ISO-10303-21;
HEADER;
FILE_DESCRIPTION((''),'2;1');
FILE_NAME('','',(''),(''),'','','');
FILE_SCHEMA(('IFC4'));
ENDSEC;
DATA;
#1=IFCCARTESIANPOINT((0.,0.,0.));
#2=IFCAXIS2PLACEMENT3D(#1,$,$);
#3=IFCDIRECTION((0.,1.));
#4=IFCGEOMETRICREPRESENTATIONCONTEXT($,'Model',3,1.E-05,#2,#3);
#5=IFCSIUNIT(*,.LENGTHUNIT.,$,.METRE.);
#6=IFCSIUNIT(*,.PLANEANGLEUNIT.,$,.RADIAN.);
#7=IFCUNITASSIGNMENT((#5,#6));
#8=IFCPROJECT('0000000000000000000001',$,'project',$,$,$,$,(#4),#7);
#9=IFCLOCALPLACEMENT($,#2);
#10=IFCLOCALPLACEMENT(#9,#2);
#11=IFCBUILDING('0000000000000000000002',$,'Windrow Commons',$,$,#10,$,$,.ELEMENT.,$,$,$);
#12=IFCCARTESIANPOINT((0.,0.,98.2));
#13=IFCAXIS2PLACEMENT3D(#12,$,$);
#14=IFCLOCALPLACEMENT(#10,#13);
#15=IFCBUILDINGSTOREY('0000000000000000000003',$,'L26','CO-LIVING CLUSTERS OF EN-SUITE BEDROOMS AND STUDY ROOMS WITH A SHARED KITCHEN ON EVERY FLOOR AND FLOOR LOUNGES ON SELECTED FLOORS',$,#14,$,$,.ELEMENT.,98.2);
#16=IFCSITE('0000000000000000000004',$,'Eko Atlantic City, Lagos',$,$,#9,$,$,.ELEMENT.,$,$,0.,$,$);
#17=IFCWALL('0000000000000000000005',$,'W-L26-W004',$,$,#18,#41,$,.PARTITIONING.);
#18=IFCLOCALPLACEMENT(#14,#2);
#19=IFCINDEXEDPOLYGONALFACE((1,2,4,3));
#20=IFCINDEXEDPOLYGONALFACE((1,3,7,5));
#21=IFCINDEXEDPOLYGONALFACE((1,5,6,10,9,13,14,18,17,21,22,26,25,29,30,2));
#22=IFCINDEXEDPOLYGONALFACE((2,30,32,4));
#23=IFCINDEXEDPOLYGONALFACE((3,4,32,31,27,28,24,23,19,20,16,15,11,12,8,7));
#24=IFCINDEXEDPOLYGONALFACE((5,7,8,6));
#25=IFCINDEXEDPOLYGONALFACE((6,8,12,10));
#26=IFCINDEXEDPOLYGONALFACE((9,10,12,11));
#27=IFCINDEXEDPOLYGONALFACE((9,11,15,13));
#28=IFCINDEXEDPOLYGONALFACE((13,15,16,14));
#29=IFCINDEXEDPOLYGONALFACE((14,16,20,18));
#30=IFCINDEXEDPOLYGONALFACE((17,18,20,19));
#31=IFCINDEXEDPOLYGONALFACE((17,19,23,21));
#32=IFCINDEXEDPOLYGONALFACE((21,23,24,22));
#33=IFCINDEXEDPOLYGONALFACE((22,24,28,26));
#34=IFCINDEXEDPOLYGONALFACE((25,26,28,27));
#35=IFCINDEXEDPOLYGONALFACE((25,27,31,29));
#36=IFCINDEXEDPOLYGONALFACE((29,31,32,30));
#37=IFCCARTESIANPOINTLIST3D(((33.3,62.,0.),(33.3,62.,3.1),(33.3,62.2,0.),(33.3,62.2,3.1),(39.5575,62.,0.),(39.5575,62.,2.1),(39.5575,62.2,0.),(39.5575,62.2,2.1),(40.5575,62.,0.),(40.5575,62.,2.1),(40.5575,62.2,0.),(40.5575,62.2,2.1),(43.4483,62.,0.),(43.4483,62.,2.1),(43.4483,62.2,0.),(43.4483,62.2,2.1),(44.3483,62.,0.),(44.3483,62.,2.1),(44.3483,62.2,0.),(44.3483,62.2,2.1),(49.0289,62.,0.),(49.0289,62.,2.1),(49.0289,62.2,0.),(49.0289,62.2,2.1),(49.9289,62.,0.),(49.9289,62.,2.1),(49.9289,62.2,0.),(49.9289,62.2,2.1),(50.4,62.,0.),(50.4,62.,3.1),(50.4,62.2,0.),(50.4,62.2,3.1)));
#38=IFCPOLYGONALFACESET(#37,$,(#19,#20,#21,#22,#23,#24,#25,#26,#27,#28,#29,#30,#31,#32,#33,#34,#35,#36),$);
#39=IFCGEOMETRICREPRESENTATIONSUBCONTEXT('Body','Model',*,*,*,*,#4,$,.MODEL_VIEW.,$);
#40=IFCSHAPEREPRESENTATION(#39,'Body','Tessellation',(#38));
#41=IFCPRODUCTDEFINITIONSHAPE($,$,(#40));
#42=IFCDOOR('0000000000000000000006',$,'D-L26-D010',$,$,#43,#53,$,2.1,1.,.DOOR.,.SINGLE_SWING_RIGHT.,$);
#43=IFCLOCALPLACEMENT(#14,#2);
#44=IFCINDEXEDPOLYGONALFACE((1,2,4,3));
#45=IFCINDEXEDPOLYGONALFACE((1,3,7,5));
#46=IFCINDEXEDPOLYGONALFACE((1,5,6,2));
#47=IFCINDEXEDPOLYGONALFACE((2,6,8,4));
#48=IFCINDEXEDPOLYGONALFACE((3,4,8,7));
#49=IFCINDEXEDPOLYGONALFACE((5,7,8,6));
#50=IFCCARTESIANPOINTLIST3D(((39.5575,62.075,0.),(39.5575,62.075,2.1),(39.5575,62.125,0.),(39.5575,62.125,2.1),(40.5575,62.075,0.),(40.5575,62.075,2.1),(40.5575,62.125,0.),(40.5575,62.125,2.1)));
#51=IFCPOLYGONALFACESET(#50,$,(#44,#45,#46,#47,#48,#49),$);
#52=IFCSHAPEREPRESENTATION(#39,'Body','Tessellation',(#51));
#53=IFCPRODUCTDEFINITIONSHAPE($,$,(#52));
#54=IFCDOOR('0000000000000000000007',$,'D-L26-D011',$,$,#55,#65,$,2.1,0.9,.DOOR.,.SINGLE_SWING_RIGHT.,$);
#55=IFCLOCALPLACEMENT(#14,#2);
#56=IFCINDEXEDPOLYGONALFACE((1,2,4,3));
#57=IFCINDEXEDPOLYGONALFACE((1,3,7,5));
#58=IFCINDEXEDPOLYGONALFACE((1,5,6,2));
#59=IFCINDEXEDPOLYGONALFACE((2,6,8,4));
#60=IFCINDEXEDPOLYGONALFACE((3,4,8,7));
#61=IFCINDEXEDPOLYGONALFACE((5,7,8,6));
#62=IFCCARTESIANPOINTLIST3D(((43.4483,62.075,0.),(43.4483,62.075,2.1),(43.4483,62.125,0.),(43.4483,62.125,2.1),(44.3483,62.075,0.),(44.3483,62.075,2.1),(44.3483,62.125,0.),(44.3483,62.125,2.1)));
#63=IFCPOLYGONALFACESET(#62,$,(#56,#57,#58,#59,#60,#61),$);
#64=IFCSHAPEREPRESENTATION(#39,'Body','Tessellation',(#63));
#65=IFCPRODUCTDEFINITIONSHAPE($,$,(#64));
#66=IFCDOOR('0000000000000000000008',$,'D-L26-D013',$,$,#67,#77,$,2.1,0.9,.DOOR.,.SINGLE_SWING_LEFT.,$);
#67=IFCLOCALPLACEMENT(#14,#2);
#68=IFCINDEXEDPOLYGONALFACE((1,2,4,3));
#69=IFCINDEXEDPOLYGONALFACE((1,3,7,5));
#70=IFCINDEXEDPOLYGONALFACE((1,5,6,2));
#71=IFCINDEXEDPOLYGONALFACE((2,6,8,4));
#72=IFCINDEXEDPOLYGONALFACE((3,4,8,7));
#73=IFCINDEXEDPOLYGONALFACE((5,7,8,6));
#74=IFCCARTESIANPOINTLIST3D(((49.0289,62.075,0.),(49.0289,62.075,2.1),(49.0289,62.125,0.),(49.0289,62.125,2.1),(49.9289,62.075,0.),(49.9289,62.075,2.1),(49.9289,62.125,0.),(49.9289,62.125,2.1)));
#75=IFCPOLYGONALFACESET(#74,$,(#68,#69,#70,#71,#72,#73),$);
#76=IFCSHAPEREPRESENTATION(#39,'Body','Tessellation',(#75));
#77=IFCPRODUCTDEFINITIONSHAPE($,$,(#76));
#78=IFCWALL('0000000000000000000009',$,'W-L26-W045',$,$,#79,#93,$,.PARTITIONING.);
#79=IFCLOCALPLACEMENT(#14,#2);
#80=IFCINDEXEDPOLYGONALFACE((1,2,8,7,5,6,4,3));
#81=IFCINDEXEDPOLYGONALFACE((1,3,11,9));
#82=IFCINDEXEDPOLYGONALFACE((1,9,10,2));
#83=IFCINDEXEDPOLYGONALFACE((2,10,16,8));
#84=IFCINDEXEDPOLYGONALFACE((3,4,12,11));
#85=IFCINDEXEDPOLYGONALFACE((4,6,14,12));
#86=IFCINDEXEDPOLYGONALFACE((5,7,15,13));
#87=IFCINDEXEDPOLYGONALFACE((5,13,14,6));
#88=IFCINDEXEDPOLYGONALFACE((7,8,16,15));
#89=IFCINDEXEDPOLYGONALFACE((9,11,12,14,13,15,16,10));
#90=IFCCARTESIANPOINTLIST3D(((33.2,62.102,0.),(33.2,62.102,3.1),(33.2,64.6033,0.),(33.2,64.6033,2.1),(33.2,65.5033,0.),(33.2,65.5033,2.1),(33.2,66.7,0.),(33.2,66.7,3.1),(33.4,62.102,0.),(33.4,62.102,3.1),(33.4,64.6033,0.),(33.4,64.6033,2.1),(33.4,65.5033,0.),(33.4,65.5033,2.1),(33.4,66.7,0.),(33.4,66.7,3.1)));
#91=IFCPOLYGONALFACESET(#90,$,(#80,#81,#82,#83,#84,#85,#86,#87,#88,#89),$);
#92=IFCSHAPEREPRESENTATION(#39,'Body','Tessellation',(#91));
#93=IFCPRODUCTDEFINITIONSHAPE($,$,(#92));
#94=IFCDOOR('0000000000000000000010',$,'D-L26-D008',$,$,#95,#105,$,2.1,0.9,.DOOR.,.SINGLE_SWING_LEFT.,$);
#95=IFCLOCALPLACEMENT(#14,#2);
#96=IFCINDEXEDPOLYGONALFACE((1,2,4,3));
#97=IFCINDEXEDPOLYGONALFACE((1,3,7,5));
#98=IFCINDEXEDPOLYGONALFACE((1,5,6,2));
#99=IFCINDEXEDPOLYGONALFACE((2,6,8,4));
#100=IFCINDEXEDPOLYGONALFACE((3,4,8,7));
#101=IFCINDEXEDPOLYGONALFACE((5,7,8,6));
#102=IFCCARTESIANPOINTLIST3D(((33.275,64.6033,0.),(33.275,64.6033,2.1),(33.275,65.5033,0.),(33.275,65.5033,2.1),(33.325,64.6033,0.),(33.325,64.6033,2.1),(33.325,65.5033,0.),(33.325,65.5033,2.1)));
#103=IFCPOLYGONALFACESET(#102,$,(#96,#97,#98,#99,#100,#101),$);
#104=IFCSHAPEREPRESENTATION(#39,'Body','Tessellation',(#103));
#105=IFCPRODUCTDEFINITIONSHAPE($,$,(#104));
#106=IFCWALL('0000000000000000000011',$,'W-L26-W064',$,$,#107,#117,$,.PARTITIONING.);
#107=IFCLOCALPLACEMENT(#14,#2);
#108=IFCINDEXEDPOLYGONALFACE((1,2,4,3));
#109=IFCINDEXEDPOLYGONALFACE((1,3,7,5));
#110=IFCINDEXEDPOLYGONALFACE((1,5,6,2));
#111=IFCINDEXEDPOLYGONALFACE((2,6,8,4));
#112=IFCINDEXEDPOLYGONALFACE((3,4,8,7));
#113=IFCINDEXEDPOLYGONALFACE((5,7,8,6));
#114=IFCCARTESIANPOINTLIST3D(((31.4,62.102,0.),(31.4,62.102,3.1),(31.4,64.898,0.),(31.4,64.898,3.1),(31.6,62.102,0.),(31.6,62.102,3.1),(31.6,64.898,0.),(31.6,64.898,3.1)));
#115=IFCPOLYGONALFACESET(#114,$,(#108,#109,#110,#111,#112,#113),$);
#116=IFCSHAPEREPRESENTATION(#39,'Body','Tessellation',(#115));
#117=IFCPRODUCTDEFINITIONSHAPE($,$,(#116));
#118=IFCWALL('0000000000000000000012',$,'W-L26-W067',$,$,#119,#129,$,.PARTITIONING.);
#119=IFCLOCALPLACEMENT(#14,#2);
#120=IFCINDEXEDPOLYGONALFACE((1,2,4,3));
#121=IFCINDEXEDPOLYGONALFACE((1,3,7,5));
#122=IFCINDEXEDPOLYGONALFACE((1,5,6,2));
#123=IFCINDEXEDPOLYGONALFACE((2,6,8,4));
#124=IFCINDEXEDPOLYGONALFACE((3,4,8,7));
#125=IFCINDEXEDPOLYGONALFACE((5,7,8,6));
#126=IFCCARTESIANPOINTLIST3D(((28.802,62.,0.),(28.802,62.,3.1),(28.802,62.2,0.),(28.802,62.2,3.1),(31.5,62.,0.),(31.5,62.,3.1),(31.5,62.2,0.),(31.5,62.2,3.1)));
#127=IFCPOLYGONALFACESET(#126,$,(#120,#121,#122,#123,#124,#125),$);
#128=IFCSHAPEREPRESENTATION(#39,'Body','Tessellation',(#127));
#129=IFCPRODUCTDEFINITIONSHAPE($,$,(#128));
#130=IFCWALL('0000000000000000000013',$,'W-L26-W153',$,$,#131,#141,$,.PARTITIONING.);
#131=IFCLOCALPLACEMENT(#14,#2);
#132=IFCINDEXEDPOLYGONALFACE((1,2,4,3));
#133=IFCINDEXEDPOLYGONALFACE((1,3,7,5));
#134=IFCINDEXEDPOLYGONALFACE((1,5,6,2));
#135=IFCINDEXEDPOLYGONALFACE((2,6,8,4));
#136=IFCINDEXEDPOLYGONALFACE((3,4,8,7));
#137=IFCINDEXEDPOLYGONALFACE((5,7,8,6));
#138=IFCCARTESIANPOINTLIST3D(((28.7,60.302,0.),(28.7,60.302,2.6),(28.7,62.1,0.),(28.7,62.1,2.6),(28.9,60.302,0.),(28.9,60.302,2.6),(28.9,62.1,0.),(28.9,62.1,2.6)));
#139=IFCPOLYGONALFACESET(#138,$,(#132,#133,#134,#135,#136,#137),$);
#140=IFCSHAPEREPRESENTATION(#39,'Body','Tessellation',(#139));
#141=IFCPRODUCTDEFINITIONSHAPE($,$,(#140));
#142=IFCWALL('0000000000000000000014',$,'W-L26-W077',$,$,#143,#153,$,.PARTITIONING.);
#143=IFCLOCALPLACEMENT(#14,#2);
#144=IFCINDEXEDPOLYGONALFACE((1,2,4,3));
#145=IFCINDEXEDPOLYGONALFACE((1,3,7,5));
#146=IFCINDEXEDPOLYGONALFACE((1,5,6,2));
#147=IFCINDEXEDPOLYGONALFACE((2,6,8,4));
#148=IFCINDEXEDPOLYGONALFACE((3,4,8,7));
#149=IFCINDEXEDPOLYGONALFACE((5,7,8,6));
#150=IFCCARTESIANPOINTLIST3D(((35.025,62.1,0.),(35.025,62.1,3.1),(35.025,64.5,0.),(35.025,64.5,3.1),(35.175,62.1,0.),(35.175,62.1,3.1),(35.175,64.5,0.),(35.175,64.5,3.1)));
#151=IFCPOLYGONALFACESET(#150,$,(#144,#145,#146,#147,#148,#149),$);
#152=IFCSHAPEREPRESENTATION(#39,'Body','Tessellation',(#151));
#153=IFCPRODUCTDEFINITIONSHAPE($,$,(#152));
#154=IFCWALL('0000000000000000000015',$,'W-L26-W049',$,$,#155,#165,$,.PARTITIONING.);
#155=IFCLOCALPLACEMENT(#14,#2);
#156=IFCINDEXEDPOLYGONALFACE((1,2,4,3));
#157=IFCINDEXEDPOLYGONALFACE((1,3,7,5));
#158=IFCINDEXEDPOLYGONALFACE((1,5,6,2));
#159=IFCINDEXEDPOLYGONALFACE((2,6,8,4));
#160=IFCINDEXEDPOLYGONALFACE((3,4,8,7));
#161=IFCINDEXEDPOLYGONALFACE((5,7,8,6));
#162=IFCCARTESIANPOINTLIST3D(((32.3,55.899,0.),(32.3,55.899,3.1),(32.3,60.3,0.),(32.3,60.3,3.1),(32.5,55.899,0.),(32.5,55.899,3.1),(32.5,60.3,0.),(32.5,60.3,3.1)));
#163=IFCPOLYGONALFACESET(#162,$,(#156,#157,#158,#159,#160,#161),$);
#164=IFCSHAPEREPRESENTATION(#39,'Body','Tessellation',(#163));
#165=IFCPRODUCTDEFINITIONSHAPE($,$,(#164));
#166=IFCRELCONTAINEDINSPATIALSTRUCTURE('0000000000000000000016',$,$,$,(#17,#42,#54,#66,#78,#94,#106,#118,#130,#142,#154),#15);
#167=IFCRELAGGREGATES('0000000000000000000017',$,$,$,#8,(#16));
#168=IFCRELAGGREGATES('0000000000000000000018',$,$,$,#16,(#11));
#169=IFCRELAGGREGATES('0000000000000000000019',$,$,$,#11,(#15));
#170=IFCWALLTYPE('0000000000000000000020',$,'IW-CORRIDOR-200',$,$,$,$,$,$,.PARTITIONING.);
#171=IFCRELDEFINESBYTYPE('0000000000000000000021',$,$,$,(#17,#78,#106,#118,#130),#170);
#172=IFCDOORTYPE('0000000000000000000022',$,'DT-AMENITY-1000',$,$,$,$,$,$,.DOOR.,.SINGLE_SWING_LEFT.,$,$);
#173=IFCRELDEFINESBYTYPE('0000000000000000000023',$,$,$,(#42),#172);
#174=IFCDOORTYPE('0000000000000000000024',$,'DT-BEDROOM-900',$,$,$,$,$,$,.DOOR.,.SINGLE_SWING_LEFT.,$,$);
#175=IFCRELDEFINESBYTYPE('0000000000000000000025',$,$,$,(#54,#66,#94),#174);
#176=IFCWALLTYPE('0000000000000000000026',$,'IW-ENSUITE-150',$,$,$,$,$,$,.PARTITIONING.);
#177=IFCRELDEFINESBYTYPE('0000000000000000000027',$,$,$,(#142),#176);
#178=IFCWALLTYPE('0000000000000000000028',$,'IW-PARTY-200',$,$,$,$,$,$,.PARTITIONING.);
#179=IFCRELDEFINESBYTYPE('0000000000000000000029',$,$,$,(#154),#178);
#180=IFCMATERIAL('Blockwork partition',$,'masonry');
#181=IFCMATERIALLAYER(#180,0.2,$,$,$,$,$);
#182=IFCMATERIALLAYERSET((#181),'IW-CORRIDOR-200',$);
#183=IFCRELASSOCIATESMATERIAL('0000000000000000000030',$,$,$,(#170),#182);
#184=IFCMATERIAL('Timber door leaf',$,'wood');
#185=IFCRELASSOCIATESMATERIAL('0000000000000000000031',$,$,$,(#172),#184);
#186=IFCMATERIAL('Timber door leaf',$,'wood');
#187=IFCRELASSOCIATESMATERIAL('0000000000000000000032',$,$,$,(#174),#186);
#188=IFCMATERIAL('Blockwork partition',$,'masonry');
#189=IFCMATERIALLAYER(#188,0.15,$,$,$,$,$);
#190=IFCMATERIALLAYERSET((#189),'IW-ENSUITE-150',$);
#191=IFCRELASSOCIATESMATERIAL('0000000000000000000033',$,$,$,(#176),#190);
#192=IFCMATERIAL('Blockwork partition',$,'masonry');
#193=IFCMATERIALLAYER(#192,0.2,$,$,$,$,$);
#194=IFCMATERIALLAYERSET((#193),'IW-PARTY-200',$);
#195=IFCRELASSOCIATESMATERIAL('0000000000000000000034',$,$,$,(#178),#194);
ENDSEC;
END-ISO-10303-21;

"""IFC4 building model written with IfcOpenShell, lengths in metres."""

from ifc_helpers import new_model, si_unit, direction, frame, frame_2d, origin, place, context, subcontext, project, spatial, rectangle, extrude, material, layer, layer_set, type_object, element, fill, save


model = new_model("IFC4")

# Units and contexts
model_context = context("Model", 3, precision=1e-05, world=origin(), true_north=direction((0.0, 1.0)))
body_context = subcontext(model_context, "Body", "Model", "MODEL_VIEW")
ifc_project = project(units=[si_unit("LENGTHUNIT", "METRE"), si_unit("PLANEANGLEUNIT", "RADIAN")], contexts=[model_context])

# Site, building, storey
site_placement = place(None, origin())
site = spatial("IfcSite", under=ifc_project, at=site_placement, Name="Eko Atlantic City, Lagos", CompositionType="ELEMENT", RefElevation=0.0)
building_placement = place(site_placement, origin())
building = spatial("IfcBuilding", under=site, at=building_placement, Name="Windrow Commons", CompositionType="ELEMENT")
storey_placement = place(building_placement, frame((0.0, 0.0, 98.2)))
storey = spatial("IfcBuildingStorey", under=building, at=storey_placement, Name="L26", Description="CO-LIVING CLUSTERS OF EN-SUITE BEDROOMS AND STUDY ROOMS WITH A SHARED KITCHEN ON EVERY FLOOR AND FLOOR LOUNGES ON SELECTED FLOORS", CompositionType="ELEMENT", Elevation=98.2)

# Wall, openings, doors
ifc_material_1 = material(Name="Blockwork partition", Category="masonry")
ifc_layer_1 = layer(ifc_material_1, 0.2)
ifc_layer_set_1 = layer_set([ifc_layer_1], Name="IW-CORRIDOR-200")
wall_type_1 = type_object("IfcWallType", Name="IW-CORRIDOR-200", PredefinedType="PARTITIONING", material=ifc_layer_set_1)
ifc_material_2 = material(Name="Timber door leaf", Category="wood")
door_type_1 = type_object("IfcDoorType", Name="DT-AMENITY-1000", OperationType="SINGLE_SWING_LEFT", PredefinedType="DOOR", material=ifc_material_2)
ifc_material_3 = material(Name="Timber door leaf", Category="wood")
door_type_2 = type_object("IfcDoorType", Name="DT-BEDROOM-900", OperationType="SINGLE_SWING_LEFT", PredefinedType="DOOR", material=ifc_material_3)
wall_1_placement = place(storey_placement, frame((33.3, 62.1, 0.0), z_axis=(0.0, 0.0, 1.0), x_axis=(1.0, 0.0, 0.0)))
wall_1 = element("IfcWall", 1, at=wall_1_placement, inside=storey, type_object=wall_type_1, Name="W-L26-W004", PredefinedType="PARTITIONING", context=body_context, shape_type="SweptSolid", body=[
    extrude(rectangle(XDim=17.1, YDim=0.2, at=frame_2d((8.55, 0.0))), origin(), (0.0, 0.0, 1.0), 3.1),
])
opening_1_placement = place(wall_1_placement, frame((6.2575, 0.0, 0.0)))
opening_1 = element("IfcOpeningElement", 2, at=opening_1_placement, cuts=wall_1, PredefinedType="OPENING", context=body_context, shape_type="SweptSolid", body=[
    extrude(rectangle(XDim=1.0, YDim=2.1, at=frame_2d((0.5, 1.05))), frame((0.0, 0.11, 0.0), z_axis=(0.0, -1.0, 0.0), x_axis=(1.0, 0.0, 0.0)), (0.0, 0.0, 1.0), 0.22),
])
opening_2_placement = place(wall_1_placement, frame((10.1483, 0.0, 0.0)))
opening_2 = element("IfcOpeningElement", 3, at=opening_2_placement, cuts=wall_1, PredefinedType="OPENING", context=body_context, shape_type="SweptSolid", body=[
    extrude(rectangle(XDim=0.9, YDim=2.1, at=frame_2d((0.45, 1.05))), frame((0.0, 0.11, 0.0), z_axis=(0.0, -1.0, 0.0), x_axis=(1.0, 0.0, 0.0)), (0.0, 0.0, 1.0), 0.22),
])
opening_3_placement = place(wall_1_placement, frame((15.7289, 0.0, 0.0)))
opening_3 = element("IfcOpeningElement", 4, at=opening_3_placement, cuts=wall_1, PredefinedType="OPENING", context=body_context, shape_type="SweptSolid", body=[
    extrude(rectangle(XDim=0.9, YDim=2.1, at=frame_2d((0.45, 1.05))), frame((0.0, 0.11, 0.0), z_axis=(0.0, -1.0, 0.0), x_axis=(1.0, 0.0, 0.0)), (0.0, 0.0, 1.0), 0.22),
])
door_1_placement = place(opening_1_placement, origin())
door_1 = element("IfcDoor", 5, at=door_1_placement, inside=storey, type_object=door_type_1, Name="D-L26-D010", OperationType="SINGLE_SWING_RIGHT", OverallHeight=2.1, OverallWidth=1.0, PredefinedType="DOOR", context=body_context, shape_type="SweptSolid", body=[
    extrude(rectangle(XDim=1.0, YDim=2.1, at=frame_2d((0.5, 1.05))), frame((0.0, 0.025, 0.0), z_axis=(0.0, -1.0, 0.0), x_axis=(1.0, 0.0, 0.0)), (0.0, 0.0, 1.0), 0.05),
])
fill(opening_1, door_1)
door_2_placement = place(opening_2_placement, origin())
door_2 = element("IfcDoor", 6, at=door_2_placement, inside=storey, type_object=door_type_2, Name="D-L26-D011", OperationType="SINGLE_SWING_RIGHT", OverallHeight=2.1, OverallWidth=0.9, PredefinedType="DOOR", context=body_context, shape_type="SweptSolid", body=[
    extrude(rectangle(XDim=0.9, YDim=2.1, at=frame_2d((0.45, 1.05))), frame((0.0, 0.025, 0.0), z_axis=(0.0, -1.0, 0.0), x_axis=(1.0, 0.0, 0.0)), (0.0, 0.0, 1.0), 0.05),
])
fill(opening_2, door_2)
door_3_placement = place(opening_3_placement, origin())
door_3 = element("IfcDoor", 7, at=door_3_placement, inside=storey, type_object=door_type_2, Name="D-L26-D013", OperationType="SINGLE_SWING_LEFT", OverallHeight=2.1, OverallWidth=0.9, PredefinedType="DOOR", context=body_context, shape_type="SweptSolid", body=[
    extrude(rectangle(XDim=0.9, YDim=2.1, at=frame_2d((0.45, 1.05))), frame((0.0, 0.025, 0.0), z_axis=(0.0, -1.0, 0.0), x_axis=(1.0, 0.0, 0.0)), (0.0, 0.0, 1.0), 0.05),
])
fill(opening_3, door_3)

# Wall, opening, door
wall_2_placement = place(storey_placement, frame((33.3, 62.102, 0.0), z_axis=(0.0, 0.0, 1.0), x_axis=(0.0, 1.0, 0.0)))
wall_2 = element("IfcWall", 8, at=wall_2_placement, inside=storey, type_object=wall_type_1, Name="W-L26-W045", PredefinedType="PARTITIONING", context=body_context, shape_type="SweptSolid", body=[
    extrude(rectangle(XDim=4.598, YDim=0.2, at=frame_2d((2.299, 0.0))), origin(), (0.0, 0.0, 1.0), 3.1),
])
opening_4_placement = place(wall_2_placement, frame((2.5013, 0.0, 0.0)))
opening_4 = element("IfcOpeningElement", 9, at=opening_4_placement, cuts=wall_2, PredefinedType="OPENING", context=body_context, shape_type="SweptSolid", body=[
    extrude(rectangle(XDim=0.9, YDim=2.1, at=frame_2d((0.45, 1.05))), frame((0.0, 0.11, 0.0), z_axis=(0.0, -1.0, 0.0), x_axis=(1.0, 0.0, 0.0)), (0.0, 0.0, 1.0), 0.22),
])
door_4_placement = place(opening_4_placement, origin())
door_4 = element("IfcDoor", 10, at=door_4_placement, inside=storey, type_object=door_type_2, Name="D-L26-D008", OperationType="SINGLE_SWING_LEFT", OverallHeight=2.1, OverallWidth=0.9, PredefinedType="DOOR", context=body_context, shape_type="SweptSolid", body=[
    extrude(rectangle(XDim=0.9, YDim=2.1, at=frame_2d((0.45, 1.05))), frame((0.0, 0.025, 0.0), z_axis=(0.0, -1.0, 0.0), x_axis=(1.0, 0.0, 0.0)), (0.0, 0.0, 1.0), 0.05),
])
fill(opening_4, door_4)

# Walls
wall_3_placement = place(storey_placement, frame((31.5, 62.102, 0.0), z_axis=(0.0, 0.0, 1.0), x_axis=(0.0, 1.0, 0.0)))
element("IfcWall", 11, at=wall_3_placement, inside=storey, type_object=wall_type_1, Name="W-L26-W064", PredefinedType="PARTITIONING", context=body_context, shape_type="SweptSolid", body=[
    extrude(rectangle(XDim=2.796, YDim=0.2, at=frame_2d((1.398, 0.0))), origin(), (0.0, 0.0, 1.0), 3.1),
])
wall_4_placement = place(storey_placement, frame((28.802, 62.1, 0.0), z_axis=(0.0, 0.0, 1.0), x_axis=(1.0, 0.0, 0.0)))
element("IfcWall", 12, at=wall_4_placement, inside=storey, type_object=wall_type_1, Name="W-L26-W067", PredefinedType="PARTITIONING", context=body_context, shape_type="SweptSolid", body=[
    extrude(rectangle(XDim=2.698, YDim=0.2, at=frame_2d((1.349, 0.0))), origin(), (0.0, 0.0, 1.0), 3.1),
])
wall_5_placement = place(storey_placement, frame((28.8, 60.302, 0.0), z_axis=(0.0, 0.0, 1.0), x_axis=(0.0, 1.0, 0.0)))
element("IfcWall", 13, at=wall_5_placement, inside=storey, type_object=wall_type_1, Name="W-L26-W153", PredefinedType="PARTITIONING", context=body_context, shape_type="SweptSolid", body=[
    extrude(rectangle(XDim=1.798, YDim=0.2, at=frame_2d((0.899, 0.0))), origin(), (0.0, 0.0, 1.0), 2.6),
])
ifc_material_4 = material(Name="Blockwork partition", Category="masonry")
ifc_layer_2 = layer(ifc_material_4, 0.15)
ifc_layer_set_2 = layer_set([ifc_layer_2], Name="IW-ENSUITE-150")
wall_type_2 = type_object("IfcWallType", Name="IW-ENSUITE-150", PredefinedType="PARTITIONING", material=ifc_layer_set_2)
wall_6_placement = place(storey_placement, frame((35.1, 62.1, 0.0), z_axis=(0.0, 0.0, 1.0), x_axis=(0.0, 1.0, 0.0)))
element("IfcWall", 14, at=wall_6_placement, inside=storey, type_object=wall_type_2, Name="W-L26-W077", PredefinedType="PARTITIONING", context=body_context, shape_type="SweptSolid", body=[
    extrude(rectangle(XDim=2.4, YDim=0.15, at=frame_2d((1.2, 0.0))), origin(), (0.0, 0.0, 1.0), 3.1),
])
ifc_material_5 = material(Name="Blockwork partition", Category="masonry")
ifc_layer_3 = layer(ifc_material_5, 0.2)
ifc_layer_set_3 = layer_set([ifc_layer_3], Name="IW-PARTY-200")
wall_type_3 = type_object("IfcWallType", Name="IW-PARTY-200", PredefinedType="PARTITIONING", material=ifc_layer_set_3)
wall_7_placement = place(storey_placement, frame((32.4, 55.899, 0.0), z_axis=(0.0, 0.0, 1.0), x_axis=(0.0, 1.0, 0.0)))
element("IfcWall", 15, at=wall_7_placement, inside=storey, type_object=wall_type_3, Name="W-L26-W049", PredefinedType="PARTITIONING", context=body_context, shape_type="SweptSolid", body=[
    extrude(rectangle(XDim=4.401, YDim=0.2, at=frame_2d((2.2005, 0.0))), origin(), (0.0, 0.0, 1.0), 3.1),
])

save(model, "model.ifc")
